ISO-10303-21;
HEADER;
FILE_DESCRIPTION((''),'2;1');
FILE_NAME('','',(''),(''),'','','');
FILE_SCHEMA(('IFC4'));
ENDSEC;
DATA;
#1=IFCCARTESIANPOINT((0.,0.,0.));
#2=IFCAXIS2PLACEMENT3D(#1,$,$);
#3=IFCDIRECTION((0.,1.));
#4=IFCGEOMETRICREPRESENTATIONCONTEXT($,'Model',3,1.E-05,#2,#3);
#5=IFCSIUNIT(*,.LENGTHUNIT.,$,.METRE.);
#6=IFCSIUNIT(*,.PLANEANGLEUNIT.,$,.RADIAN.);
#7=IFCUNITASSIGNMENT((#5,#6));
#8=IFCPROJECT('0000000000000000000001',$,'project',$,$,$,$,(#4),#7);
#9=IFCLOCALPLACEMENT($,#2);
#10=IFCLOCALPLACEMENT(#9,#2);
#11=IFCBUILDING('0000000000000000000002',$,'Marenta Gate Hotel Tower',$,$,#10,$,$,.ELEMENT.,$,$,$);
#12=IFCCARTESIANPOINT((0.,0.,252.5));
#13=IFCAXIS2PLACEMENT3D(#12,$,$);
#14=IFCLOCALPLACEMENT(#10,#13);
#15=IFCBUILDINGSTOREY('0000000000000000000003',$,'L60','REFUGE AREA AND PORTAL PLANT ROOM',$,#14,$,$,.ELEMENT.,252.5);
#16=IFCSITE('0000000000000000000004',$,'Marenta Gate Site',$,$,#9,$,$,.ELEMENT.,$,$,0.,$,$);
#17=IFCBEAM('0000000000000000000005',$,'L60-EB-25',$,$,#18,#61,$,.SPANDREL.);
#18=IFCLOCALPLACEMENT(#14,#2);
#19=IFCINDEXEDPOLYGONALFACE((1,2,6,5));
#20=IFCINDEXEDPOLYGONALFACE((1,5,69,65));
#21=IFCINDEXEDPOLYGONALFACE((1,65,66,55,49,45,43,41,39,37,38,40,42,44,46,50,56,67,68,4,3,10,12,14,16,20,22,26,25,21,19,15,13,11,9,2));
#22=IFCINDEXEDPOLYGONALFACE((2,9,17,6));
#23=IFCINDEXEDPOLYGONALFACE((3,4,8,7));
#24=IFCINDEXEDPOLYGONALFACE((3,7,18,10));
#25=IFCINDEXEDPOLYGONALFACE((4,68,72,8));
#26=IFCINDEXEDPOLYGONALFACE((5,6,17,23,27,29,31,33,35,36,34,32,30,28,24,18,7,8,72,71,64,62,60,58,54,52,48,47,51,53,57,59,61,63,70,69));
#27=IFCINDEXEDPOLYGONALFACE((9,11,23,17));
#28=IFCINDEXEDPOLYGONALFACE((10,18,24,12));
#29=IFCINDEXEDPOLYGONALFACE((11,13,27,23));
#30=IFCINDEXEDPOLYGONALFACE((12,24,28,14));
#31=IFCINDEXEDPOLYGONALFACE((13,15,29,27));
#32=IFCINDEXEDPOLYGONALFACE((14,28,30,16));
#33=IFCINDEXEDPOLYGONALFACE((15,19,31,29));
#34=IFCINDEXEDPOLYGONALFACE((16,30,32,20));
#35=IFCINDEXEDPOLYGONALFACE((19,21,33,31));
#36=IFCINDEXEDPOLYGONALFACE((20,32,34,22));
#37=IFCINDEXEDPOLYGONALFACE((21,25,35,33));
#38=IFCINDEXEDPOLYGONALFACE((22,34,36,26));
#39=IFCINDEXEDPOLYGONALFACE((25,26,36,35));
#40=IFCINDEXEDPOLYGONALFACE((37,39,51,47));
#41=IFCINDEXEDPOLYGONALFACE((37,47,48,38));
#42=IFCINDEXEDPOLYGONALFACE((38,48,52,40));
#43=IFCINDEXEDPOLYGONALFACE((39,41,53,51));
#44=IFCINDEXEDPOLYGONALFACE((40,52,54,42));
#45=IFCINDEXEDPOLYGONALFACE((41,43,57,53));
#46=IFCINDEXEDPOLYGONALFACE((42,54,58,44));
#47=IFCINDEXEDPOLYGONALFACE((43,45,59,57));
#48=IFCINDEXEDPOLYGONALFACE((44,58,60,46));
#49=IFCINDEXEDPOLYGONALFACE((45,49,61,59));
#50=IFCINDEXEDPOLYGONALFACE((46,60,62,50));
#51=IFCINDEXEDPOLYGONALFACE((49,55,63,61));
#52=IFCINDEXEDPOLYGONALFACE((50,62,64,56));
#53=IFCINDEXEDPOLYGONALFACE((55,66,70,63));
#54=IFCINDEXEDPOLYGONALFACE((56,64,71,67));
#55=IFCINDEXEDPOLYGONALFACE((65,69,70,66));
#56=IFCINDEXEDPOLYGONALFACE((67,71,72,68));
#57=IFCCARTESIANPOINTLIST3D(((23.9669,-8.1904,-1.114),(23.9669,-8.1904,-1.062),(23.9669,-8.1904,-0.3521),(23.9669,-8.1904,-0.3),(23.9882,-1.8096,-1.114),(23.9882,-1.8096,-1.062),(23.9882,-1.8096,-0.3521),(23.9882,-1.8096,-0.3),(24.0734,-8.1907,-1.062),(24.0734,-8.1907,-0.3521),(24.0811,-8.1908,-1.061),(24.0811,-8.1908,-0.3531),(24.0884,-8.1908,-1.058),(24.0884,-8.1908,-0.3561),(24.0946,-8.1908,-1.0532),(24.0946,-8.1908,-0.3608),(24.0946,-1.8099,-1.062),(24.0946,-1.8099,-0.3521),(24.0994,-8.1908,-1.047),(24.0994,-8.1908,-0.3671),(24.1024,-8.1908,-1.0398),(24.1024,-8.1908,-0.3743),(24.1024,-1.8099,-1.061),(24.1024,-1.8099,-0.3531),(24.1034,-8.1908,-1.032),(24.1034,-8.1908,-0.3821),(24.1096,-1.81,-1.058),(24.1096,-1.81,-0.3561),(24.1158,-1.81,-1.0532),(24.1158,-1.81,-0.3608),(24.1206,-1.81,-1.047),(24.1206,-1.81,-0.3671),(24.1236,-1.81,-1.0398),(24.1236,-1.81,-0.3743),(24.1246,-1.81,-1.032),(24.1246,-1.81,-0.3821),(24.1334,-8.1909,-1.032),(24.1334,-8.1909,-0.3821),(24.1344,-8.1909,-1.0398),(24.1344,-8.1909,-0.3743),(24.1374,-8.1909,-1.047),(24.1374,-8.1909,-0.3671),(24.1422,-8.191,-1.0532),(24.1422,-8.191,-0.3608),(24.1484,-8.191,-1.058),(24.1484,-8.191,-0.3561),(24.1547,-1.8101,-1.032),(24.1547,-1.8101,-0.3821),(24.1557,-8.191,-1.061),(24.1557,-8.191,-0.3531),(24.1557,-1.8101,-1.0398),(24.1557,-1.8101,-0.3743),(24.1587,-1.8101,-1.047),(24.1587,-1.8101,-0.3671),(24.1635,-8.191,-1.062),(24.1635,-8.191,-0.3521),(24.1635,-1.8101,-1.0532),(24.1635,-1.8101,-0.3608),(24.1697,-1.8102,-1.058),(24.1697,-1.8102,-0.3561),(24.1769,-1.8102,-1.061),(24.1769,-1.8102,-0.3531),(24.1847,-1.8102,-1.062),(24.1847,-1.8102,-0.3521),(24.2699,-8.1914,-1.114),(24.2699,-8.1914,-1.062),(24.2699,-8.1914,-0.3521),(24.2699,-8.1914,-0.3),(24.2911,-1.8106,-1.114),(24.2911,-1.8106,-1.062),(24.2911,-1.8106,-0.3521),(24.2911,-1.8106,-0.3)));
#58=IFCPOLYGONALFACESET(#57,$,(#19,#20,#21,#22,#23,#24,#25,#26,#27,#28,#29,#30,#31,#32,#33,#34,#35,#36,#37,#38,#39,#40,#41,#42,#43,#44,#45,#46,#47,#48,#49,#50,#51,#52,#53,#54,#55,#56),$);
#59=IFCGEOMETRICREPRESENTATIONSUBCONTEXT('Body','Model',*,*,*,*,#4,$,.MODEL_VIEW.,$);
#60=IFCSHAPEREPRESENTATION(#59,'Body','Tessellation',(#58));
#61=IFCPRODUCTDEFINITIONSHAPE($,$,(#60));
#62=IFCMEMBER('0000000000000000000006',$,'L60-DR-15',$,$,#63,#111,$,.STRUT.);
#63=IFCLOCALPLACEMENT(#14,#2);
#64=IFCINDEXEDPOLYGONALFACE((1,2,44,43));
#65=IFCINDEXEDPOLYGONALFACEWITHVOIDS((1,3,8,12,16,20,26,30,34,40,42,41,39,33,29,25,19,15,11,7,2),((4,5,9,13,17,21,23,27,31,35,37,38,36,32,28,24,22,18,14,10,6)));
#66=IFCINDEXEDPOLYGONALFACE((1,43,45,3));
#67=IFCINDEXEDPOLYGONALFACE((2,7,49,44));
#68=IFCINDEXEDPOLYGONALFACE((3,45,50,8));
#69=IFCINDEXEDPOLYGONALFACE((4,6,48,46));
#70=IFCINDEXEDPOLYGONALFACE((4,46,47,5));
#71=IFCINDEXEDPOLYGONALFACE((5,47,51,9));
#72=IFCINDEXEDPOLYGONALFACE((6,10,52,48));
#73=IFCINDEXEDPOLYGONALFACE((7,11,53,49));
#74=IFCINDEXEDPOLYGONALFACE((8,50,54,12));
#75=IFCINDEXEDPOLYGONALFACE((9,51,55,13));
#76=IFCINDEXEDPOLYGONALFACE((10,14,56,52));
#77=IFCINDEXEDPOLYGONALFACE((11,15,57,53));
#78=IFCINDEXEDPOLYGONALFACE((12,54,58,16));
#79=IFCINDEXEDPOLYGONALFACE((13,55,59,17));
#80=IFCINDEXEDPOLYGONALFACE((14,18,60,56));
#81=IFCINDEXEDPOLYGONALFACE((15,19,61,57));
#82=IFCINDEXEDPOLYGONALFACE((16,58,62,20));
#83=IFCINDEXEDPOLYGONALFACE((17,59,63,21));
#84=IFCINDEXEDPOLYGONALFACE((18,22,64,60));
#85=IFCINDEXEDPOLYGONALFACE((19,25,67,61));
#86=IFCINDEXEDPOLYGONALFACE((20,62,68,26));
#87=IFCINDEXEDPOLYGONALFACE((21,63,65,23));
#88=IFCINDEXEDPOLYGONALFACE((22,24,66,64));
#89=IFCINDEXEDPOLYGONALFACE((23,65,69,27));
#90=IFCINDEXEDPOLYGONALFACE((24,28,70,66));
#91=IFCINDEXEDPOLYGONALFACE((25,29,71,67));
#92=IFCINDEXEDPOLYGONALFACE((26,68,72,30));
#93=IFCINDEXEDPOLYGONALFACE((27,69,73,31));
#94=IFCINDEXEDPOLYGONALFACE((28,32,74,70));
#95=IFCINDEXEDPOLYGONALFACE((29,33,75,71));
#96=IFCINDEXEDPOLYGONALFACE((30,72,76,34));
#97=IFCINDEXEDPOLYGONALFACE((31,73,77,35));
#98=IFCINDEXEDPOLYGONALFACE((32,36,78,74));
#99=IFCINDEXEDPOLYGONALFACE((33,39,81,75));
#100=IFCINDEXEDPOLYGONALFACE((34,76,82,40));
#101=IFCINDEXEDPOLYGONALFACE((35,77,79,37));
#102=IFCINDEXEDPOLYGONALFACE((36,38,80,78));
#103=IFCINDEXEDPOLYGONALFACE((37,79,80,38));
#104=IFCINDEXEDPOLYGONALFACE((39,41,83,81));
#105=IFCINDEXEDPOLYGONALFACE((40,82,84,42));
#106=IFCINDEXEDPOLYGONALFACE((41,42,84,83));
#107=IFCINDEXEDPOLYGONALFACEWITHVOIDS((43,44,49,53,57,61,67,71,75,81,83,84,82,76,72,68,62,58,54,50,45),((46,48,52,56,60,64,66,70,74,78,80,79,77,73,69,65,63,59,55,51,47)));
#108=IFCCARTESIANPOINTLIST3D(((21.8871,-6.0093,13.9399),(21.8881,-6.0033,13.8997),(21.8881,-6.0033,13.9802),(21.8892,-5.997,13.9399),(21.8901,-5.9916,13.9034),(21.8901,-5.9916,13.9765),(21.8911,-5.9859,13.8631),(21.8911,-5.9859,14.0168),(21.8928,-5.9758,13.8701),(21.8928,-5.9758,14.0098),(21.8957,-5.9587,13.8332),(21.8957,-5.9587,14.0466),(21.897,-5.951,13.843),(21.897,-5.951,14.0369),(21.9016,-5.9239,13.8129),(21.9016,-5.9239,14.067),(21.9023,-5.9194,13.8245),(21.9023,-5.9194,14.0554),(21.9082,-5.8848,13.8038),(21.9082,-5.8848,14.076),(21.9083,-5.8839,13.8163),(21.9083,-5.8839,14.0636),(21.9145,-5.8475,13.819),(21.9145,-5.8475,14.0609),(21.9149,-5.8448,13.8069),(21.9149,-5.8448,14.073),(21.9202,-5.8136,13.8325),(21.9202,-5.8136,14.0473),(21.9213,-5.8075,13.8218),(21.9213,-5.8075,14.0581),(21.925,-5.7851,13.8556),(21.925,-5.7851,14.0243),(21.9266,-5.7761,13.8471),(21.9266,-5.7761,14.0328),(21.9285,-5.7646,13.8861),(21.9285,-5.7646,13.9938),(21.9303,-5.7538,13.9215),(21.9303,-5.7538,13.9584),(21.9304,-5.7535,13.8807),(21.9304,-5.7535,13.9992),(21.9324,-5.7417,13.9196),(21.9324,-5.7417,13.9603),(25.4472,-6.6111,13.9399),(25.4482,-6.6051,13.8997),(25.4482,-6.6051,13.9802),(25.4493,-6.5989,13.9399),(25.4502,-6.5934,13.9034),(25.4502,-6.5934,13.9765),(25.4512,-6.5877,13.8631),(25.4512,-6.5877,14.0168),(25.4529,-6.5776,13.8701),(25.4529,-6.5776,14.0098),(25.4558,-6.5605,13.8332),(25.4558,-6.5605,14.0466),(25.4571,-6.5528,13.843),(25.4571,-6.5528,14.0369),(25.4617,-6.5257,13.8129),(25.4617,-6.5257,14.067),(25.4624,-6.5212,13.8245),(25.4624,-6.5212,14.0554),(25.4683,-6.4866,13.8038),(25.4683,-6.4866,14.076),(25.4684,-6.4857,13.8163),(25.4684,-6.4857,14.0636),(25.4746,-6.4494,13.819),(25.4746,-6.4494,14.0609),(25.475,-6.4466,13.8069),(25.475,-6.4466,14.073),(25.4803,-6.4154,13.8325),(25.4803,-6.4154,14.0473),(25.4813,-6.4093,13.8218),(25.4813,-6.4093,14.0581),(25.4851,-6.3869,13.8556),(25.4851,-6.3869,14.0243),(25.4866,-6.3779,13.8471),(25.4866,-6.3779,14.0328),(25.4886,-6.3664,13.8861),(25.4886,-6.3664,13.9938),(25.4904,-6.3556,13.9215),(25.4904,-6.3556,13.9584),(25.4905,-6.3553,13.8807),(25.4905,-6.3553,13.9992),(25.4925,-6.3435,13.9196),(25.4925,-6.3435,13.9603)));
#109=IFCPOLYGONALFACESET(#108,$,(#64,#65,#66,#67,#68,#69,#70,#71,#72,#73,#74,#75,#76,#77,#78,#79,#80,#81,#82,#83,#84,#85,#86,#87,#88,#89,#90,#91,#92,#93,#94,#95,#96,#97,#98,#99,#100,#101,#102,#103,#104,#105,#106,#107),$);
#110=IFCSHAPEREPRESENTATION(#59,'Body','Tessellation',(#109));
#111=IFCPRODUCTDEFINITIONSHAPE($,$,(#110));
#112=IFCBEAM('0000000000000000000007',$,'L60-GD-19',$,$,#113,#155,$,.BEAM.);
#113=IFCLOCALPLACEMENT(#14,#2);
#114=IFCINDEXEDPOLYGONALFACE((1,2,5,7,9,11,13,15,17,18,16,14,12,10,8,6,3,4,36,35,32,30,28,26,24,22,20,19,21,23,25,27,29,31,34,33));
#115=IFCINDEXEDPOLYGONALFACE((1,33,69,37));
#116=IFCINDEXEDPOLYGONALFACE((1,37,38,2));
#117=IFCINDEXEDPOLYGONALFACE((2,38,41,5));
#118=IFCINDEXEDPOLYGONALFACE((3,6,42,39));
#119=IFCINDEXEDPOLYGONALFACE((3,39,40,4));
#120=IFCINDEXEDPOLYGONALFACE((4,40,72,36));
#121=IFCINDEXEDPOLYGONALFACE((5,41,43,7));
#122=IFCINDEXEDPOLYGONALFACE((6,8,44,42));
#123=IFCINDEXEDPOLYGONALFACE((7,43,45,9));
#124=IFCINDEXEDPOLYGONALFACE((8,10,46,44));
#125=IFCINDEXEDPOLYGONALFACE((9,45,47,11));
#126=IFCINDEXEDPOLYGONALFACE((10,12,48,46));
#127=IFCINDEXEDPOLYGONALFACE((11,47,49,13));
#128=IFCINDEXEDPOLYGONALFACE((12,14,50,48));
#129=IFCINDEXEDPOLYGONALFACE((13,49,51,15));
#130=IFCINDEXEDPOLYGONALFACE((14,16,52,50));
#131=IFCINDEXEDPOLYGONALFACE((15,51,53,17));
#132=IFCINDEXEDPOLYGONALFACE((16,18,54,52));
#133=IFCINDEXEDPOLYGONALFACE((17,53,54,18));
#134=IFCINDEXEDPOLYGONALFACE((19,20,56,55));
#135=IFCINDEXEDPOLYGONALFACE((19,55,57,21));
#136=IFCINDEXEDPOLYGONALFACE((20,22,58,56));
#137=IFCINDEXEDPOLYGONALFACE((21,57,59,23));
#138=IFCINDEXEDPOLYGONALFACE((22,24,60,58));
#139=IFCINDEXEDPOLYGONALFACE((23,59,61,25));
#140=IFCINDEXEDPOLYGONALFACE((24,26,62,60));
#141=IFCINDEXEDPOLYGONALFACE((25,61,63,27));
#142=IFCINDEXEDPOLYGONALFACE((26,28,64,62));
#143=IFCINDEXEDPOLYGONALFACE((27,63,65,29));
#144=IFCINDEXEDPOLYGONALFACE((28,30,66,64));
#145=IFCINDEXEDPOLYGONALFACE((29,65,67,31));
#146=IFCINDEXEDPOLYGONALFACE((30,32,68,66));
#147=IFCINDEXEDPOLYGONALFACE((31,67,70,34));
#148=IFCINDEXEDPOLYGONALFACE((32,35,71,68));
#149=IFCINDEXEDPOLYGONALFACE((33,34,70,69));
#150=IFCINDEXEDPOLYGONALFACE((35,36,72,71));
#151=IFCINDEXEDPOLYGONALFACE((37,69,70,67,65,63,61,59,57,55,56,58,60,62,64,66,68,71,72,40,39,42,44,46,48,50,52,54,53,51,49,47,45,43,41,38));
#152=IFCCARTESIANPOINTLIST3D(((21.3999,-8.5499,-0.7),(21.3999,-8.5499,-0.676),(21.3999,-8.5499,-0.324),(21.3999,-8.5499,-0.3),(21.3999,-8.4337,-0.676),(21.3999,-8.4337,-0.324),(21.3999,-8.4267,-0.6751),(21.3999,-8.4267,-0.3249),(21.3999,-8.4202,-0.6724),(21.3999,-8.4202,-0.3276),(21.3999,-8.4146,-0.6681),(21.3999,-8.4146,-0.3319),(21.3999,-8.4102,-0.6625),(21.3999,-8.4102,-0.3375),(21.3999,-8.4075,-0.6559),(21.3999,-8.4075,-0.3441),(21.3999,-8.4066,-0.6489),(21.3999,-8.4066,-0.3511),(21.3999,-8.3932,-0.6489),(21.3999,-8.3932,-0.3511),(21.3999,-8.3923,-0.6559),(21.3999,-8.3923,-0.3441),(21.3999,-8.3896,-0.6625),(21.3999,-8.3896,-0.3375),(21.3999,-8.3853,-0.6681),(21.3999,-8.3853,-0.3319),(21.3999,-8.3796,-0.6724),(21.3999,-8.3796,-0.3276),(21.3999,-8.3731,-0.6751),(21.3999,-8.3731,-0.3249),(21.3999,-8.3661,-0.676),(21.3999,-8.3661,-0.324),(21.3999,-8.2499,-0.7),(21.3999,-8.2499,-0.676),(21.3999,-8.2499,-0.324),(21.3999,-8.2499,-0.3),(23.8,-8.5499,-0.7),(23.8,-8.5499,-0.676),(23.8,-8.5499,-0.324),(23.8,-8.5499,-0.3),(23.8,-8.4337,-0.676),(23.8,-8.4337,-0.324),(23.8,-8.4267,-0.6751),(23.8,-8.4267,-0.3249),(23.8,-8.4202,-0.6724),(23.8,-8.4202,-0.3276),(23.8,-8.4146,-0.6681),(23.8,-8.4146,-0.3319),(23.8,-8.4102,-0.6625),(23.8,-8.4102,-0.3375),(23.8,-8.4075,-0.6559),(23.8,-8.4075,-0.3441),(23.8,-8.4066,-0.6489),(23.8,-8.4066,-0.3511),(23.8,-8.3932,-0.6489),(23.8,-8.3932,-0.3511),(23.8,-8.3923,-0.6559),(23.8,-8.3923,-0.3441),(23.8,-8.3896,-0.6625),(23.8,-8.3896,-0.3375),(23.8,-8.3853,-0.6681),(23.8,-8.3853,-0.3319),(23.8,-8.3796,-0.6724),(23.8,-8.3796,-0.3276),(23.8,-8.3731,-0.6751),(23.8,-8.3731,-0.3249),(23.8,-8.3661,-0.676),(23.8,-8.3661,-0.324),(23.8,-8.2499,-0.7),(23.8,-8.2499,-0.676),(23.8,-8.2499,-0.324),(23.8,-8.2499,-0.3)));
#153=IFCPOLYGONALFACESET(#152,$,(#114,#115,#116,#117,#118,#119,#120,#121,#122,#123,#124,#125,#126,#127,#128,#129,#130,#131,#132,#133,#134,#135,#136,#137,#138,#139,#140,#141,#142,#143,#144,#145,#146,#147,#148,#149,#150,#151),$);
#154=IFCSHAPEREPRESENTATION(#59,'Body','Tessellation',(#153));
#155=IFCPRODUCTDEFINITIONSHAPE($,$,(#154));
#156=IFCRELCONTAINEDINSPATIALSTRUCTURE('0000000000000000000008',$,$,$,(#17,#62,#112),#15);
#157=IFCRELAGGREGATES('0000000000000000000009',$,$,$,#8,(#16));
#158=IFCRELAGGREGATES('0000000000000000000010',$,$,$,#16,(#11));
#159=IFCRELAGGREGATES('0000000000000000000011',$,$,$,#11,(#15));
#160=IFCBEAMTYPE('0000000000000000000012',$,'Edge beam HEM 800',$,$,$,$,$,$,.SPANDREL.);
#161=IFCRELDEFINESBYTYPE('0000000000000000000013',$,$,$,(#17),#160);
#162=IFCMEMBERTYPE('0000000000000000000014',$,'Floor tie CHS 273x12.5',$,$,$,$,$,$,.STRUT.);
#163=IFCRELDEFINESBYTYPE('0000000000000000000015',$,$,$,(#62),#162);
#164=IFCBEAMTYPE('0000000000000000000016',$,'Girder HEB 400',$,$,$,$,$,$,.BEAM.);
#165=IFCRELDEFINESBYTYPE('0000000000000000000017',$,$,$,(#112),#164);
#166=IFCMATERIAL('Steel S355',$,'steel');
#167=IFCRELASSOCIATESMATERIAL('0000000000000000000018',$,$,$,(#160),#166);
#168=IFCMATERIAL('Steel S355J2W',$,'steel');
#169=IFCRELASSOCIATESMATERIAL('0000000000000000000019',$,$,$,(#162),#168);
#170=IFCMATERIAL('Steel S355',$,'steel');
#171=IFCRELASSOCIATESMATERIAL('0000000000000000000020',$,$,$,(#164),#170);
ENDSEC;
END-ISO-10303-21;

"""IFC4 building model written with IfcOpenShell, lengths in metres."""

from ifc_helpers import new_model, si_unit, direction, frame, origin, origin_2d, place, context, subcontext, project, spatial, hollow_circle, i_section, extrude, material, material_profile, profile_set, type_object, element, save


model = new_model("IFC4")

# Units and contexts
model_context = context("Model", 3, precision=1e-05, world=origin(), true_north=direction((0.0, 1.0)))
body_context = subcontext(model_context, "Body", "Model", "MODEL_VIEW")
ifc_project = project(units=[si_unit("LENGTHUNIT", "METRE"), si_unit("PLANEANGLEUNIT", "RADIAN")], contexts=[model_context])

# Site, building, storey
site_placement = place(None, origin())
site = spatial("IfcSite", under=ifc_project, at=site_placement, Name="Marenta Gate Site", CompositionType="ELEMENT", RefElevation=0.0)
building_placement = place(site_placement, origin())
building = spatial("IfcBuilding", under=site, at=building_placement, Name="Marenta Gate Hotel Tower", CompositionType="ELEMENT")
storey_placement = place(building_placement, frame((0.0, 0.0, 252.5)))
storey = spatial("IfcBuildingStorey", under=building, at=storey_placement, Name="L60", Description="REFUGE AREA AND PORTAL PLANT ROOM", CompositionType="ELEMENT", Elevation=252.5)

# Beam
ifc_material_1 = material(Name="Steel S355", Category="steel")
ifc_material_profile_1 = material_profile(ifc_material_1, i_section(OverallWidth=0.303, OverallDepth=0.814, WebThickness=0.03, FlangeThickness=0.052, FilletRadius=0.03, at=origin_2d()), Name="HEM 800")
ifc_profile_set_1 = profile_set([ifc_material_profile_1], Name="Steel S355")
beam_type_1 = type_object("IfcBeamType", Name="Edge beam HEM 800", PredefinedType="SPANDREL", material=ifc_profile_set_1)
beam_1_placement = place(storey_placement, frame((24.1396, -1.8101, -0.707), z_axis=(-0.003329, -0.999994, 0.0), x_axis=(0.999994, -0.003329, 0.0)))
element("IfcBeam", 1, at=beam_1_placement, inside=storey, type_object=beam_type_1, Name="L60-EB-25", PredefinedType="SPANDREL", context=body_context, shape_type="SweptSolid", body=[
    extrude(i_section(OverallWidth=0.303, OverallDepth=0.814, WebThickness=0.03, FlangeThickness=0.052, FilletRadius=0.03, at=origin_2d()), origin(), (0.0, 0.0, 1.0), 6.3809),
])

# Member
ifc_material_2 = material(Name="Steel S355J2W", Category="steel")
ifc_material_profile_2 = material_profile(ifc_material_2, hollow_circle(Radius=0.1365, WallThickness=0.0125, at=origin_2d()), Name="CHS 273x12.5")
ifc_profile_set_2 = profile_set([ifc_material_profile_2], Name="Steel S355J2W")
member_type_1 = type_object("IfcMemberType", Name="Floor tie CHS 273x12.5", PredefinedType="STRUT", material=ifc_profile_set_2)
member_1_placement = place(storey_placement, frame((25.47, -6.4766, 13.9399), z_axis=(-0.986011, 0.166679, 0.0), x_axis=(-0.166679, -0.986011, 0.0)))
element("IfcMember", 2, at=member_1_placement, inside=storey, type_object=member_type_1, Name="L60-DR-15", PredefinedType="STRUT", context=body_context, shape_type="SweptSolid", body=[
    extrude(hollow_circle(Radius=0.1365, WallThickness=0.0125, at=origin_2d()), origin(), (0.0, 0.0, 1.0), 3.6106),
])

# Beam
ifc_material_3 = material(Name="Steel S355", Category="steel")
ifc_material_profile_3 = material_profile(ifc_material_3, i_section(OverallWidth=0.3, OverallDepth=0.3999, WebThickness=0.0134, FlangeThickness=0.0239, FilletRadius=0.0271, at=origin_2d()), Name="HEB 400")
ifc_profile_set_3 = profile_set([ifc_material_profile_3], Name="Steel S355")
beam_type_2 = type_object("IfcBeamType", Name="Girder HEB 400", PredefinedType="BEAM", material=ifc_profile_set_3)
beam_2_placement = place(storey_placement, frame((21.3999, -8.3999, -0.5), z_axis=(1.0, 0.0, 0.0), x_axis=(0.0, 1.0, 0.0)))
element("IfcBeam", 3, at=beam_2_placement, inside=storey, type_object=beam_type_2, Name="L60-GD-19", PredefinedType="BEAM", context=body_context, shape_type="SweptSolid", body=[
    extrude(i_section(OverallWidth=0.3, OverallDepth=0.3999, WebThickness=0.0134, FlangeThickness=0.0239, FilletRadius=0.0271, at=origin_2d()), origin(), (0.0, 0.0, 1.0), 2.4001),
])

save(model, "model.ifc")
